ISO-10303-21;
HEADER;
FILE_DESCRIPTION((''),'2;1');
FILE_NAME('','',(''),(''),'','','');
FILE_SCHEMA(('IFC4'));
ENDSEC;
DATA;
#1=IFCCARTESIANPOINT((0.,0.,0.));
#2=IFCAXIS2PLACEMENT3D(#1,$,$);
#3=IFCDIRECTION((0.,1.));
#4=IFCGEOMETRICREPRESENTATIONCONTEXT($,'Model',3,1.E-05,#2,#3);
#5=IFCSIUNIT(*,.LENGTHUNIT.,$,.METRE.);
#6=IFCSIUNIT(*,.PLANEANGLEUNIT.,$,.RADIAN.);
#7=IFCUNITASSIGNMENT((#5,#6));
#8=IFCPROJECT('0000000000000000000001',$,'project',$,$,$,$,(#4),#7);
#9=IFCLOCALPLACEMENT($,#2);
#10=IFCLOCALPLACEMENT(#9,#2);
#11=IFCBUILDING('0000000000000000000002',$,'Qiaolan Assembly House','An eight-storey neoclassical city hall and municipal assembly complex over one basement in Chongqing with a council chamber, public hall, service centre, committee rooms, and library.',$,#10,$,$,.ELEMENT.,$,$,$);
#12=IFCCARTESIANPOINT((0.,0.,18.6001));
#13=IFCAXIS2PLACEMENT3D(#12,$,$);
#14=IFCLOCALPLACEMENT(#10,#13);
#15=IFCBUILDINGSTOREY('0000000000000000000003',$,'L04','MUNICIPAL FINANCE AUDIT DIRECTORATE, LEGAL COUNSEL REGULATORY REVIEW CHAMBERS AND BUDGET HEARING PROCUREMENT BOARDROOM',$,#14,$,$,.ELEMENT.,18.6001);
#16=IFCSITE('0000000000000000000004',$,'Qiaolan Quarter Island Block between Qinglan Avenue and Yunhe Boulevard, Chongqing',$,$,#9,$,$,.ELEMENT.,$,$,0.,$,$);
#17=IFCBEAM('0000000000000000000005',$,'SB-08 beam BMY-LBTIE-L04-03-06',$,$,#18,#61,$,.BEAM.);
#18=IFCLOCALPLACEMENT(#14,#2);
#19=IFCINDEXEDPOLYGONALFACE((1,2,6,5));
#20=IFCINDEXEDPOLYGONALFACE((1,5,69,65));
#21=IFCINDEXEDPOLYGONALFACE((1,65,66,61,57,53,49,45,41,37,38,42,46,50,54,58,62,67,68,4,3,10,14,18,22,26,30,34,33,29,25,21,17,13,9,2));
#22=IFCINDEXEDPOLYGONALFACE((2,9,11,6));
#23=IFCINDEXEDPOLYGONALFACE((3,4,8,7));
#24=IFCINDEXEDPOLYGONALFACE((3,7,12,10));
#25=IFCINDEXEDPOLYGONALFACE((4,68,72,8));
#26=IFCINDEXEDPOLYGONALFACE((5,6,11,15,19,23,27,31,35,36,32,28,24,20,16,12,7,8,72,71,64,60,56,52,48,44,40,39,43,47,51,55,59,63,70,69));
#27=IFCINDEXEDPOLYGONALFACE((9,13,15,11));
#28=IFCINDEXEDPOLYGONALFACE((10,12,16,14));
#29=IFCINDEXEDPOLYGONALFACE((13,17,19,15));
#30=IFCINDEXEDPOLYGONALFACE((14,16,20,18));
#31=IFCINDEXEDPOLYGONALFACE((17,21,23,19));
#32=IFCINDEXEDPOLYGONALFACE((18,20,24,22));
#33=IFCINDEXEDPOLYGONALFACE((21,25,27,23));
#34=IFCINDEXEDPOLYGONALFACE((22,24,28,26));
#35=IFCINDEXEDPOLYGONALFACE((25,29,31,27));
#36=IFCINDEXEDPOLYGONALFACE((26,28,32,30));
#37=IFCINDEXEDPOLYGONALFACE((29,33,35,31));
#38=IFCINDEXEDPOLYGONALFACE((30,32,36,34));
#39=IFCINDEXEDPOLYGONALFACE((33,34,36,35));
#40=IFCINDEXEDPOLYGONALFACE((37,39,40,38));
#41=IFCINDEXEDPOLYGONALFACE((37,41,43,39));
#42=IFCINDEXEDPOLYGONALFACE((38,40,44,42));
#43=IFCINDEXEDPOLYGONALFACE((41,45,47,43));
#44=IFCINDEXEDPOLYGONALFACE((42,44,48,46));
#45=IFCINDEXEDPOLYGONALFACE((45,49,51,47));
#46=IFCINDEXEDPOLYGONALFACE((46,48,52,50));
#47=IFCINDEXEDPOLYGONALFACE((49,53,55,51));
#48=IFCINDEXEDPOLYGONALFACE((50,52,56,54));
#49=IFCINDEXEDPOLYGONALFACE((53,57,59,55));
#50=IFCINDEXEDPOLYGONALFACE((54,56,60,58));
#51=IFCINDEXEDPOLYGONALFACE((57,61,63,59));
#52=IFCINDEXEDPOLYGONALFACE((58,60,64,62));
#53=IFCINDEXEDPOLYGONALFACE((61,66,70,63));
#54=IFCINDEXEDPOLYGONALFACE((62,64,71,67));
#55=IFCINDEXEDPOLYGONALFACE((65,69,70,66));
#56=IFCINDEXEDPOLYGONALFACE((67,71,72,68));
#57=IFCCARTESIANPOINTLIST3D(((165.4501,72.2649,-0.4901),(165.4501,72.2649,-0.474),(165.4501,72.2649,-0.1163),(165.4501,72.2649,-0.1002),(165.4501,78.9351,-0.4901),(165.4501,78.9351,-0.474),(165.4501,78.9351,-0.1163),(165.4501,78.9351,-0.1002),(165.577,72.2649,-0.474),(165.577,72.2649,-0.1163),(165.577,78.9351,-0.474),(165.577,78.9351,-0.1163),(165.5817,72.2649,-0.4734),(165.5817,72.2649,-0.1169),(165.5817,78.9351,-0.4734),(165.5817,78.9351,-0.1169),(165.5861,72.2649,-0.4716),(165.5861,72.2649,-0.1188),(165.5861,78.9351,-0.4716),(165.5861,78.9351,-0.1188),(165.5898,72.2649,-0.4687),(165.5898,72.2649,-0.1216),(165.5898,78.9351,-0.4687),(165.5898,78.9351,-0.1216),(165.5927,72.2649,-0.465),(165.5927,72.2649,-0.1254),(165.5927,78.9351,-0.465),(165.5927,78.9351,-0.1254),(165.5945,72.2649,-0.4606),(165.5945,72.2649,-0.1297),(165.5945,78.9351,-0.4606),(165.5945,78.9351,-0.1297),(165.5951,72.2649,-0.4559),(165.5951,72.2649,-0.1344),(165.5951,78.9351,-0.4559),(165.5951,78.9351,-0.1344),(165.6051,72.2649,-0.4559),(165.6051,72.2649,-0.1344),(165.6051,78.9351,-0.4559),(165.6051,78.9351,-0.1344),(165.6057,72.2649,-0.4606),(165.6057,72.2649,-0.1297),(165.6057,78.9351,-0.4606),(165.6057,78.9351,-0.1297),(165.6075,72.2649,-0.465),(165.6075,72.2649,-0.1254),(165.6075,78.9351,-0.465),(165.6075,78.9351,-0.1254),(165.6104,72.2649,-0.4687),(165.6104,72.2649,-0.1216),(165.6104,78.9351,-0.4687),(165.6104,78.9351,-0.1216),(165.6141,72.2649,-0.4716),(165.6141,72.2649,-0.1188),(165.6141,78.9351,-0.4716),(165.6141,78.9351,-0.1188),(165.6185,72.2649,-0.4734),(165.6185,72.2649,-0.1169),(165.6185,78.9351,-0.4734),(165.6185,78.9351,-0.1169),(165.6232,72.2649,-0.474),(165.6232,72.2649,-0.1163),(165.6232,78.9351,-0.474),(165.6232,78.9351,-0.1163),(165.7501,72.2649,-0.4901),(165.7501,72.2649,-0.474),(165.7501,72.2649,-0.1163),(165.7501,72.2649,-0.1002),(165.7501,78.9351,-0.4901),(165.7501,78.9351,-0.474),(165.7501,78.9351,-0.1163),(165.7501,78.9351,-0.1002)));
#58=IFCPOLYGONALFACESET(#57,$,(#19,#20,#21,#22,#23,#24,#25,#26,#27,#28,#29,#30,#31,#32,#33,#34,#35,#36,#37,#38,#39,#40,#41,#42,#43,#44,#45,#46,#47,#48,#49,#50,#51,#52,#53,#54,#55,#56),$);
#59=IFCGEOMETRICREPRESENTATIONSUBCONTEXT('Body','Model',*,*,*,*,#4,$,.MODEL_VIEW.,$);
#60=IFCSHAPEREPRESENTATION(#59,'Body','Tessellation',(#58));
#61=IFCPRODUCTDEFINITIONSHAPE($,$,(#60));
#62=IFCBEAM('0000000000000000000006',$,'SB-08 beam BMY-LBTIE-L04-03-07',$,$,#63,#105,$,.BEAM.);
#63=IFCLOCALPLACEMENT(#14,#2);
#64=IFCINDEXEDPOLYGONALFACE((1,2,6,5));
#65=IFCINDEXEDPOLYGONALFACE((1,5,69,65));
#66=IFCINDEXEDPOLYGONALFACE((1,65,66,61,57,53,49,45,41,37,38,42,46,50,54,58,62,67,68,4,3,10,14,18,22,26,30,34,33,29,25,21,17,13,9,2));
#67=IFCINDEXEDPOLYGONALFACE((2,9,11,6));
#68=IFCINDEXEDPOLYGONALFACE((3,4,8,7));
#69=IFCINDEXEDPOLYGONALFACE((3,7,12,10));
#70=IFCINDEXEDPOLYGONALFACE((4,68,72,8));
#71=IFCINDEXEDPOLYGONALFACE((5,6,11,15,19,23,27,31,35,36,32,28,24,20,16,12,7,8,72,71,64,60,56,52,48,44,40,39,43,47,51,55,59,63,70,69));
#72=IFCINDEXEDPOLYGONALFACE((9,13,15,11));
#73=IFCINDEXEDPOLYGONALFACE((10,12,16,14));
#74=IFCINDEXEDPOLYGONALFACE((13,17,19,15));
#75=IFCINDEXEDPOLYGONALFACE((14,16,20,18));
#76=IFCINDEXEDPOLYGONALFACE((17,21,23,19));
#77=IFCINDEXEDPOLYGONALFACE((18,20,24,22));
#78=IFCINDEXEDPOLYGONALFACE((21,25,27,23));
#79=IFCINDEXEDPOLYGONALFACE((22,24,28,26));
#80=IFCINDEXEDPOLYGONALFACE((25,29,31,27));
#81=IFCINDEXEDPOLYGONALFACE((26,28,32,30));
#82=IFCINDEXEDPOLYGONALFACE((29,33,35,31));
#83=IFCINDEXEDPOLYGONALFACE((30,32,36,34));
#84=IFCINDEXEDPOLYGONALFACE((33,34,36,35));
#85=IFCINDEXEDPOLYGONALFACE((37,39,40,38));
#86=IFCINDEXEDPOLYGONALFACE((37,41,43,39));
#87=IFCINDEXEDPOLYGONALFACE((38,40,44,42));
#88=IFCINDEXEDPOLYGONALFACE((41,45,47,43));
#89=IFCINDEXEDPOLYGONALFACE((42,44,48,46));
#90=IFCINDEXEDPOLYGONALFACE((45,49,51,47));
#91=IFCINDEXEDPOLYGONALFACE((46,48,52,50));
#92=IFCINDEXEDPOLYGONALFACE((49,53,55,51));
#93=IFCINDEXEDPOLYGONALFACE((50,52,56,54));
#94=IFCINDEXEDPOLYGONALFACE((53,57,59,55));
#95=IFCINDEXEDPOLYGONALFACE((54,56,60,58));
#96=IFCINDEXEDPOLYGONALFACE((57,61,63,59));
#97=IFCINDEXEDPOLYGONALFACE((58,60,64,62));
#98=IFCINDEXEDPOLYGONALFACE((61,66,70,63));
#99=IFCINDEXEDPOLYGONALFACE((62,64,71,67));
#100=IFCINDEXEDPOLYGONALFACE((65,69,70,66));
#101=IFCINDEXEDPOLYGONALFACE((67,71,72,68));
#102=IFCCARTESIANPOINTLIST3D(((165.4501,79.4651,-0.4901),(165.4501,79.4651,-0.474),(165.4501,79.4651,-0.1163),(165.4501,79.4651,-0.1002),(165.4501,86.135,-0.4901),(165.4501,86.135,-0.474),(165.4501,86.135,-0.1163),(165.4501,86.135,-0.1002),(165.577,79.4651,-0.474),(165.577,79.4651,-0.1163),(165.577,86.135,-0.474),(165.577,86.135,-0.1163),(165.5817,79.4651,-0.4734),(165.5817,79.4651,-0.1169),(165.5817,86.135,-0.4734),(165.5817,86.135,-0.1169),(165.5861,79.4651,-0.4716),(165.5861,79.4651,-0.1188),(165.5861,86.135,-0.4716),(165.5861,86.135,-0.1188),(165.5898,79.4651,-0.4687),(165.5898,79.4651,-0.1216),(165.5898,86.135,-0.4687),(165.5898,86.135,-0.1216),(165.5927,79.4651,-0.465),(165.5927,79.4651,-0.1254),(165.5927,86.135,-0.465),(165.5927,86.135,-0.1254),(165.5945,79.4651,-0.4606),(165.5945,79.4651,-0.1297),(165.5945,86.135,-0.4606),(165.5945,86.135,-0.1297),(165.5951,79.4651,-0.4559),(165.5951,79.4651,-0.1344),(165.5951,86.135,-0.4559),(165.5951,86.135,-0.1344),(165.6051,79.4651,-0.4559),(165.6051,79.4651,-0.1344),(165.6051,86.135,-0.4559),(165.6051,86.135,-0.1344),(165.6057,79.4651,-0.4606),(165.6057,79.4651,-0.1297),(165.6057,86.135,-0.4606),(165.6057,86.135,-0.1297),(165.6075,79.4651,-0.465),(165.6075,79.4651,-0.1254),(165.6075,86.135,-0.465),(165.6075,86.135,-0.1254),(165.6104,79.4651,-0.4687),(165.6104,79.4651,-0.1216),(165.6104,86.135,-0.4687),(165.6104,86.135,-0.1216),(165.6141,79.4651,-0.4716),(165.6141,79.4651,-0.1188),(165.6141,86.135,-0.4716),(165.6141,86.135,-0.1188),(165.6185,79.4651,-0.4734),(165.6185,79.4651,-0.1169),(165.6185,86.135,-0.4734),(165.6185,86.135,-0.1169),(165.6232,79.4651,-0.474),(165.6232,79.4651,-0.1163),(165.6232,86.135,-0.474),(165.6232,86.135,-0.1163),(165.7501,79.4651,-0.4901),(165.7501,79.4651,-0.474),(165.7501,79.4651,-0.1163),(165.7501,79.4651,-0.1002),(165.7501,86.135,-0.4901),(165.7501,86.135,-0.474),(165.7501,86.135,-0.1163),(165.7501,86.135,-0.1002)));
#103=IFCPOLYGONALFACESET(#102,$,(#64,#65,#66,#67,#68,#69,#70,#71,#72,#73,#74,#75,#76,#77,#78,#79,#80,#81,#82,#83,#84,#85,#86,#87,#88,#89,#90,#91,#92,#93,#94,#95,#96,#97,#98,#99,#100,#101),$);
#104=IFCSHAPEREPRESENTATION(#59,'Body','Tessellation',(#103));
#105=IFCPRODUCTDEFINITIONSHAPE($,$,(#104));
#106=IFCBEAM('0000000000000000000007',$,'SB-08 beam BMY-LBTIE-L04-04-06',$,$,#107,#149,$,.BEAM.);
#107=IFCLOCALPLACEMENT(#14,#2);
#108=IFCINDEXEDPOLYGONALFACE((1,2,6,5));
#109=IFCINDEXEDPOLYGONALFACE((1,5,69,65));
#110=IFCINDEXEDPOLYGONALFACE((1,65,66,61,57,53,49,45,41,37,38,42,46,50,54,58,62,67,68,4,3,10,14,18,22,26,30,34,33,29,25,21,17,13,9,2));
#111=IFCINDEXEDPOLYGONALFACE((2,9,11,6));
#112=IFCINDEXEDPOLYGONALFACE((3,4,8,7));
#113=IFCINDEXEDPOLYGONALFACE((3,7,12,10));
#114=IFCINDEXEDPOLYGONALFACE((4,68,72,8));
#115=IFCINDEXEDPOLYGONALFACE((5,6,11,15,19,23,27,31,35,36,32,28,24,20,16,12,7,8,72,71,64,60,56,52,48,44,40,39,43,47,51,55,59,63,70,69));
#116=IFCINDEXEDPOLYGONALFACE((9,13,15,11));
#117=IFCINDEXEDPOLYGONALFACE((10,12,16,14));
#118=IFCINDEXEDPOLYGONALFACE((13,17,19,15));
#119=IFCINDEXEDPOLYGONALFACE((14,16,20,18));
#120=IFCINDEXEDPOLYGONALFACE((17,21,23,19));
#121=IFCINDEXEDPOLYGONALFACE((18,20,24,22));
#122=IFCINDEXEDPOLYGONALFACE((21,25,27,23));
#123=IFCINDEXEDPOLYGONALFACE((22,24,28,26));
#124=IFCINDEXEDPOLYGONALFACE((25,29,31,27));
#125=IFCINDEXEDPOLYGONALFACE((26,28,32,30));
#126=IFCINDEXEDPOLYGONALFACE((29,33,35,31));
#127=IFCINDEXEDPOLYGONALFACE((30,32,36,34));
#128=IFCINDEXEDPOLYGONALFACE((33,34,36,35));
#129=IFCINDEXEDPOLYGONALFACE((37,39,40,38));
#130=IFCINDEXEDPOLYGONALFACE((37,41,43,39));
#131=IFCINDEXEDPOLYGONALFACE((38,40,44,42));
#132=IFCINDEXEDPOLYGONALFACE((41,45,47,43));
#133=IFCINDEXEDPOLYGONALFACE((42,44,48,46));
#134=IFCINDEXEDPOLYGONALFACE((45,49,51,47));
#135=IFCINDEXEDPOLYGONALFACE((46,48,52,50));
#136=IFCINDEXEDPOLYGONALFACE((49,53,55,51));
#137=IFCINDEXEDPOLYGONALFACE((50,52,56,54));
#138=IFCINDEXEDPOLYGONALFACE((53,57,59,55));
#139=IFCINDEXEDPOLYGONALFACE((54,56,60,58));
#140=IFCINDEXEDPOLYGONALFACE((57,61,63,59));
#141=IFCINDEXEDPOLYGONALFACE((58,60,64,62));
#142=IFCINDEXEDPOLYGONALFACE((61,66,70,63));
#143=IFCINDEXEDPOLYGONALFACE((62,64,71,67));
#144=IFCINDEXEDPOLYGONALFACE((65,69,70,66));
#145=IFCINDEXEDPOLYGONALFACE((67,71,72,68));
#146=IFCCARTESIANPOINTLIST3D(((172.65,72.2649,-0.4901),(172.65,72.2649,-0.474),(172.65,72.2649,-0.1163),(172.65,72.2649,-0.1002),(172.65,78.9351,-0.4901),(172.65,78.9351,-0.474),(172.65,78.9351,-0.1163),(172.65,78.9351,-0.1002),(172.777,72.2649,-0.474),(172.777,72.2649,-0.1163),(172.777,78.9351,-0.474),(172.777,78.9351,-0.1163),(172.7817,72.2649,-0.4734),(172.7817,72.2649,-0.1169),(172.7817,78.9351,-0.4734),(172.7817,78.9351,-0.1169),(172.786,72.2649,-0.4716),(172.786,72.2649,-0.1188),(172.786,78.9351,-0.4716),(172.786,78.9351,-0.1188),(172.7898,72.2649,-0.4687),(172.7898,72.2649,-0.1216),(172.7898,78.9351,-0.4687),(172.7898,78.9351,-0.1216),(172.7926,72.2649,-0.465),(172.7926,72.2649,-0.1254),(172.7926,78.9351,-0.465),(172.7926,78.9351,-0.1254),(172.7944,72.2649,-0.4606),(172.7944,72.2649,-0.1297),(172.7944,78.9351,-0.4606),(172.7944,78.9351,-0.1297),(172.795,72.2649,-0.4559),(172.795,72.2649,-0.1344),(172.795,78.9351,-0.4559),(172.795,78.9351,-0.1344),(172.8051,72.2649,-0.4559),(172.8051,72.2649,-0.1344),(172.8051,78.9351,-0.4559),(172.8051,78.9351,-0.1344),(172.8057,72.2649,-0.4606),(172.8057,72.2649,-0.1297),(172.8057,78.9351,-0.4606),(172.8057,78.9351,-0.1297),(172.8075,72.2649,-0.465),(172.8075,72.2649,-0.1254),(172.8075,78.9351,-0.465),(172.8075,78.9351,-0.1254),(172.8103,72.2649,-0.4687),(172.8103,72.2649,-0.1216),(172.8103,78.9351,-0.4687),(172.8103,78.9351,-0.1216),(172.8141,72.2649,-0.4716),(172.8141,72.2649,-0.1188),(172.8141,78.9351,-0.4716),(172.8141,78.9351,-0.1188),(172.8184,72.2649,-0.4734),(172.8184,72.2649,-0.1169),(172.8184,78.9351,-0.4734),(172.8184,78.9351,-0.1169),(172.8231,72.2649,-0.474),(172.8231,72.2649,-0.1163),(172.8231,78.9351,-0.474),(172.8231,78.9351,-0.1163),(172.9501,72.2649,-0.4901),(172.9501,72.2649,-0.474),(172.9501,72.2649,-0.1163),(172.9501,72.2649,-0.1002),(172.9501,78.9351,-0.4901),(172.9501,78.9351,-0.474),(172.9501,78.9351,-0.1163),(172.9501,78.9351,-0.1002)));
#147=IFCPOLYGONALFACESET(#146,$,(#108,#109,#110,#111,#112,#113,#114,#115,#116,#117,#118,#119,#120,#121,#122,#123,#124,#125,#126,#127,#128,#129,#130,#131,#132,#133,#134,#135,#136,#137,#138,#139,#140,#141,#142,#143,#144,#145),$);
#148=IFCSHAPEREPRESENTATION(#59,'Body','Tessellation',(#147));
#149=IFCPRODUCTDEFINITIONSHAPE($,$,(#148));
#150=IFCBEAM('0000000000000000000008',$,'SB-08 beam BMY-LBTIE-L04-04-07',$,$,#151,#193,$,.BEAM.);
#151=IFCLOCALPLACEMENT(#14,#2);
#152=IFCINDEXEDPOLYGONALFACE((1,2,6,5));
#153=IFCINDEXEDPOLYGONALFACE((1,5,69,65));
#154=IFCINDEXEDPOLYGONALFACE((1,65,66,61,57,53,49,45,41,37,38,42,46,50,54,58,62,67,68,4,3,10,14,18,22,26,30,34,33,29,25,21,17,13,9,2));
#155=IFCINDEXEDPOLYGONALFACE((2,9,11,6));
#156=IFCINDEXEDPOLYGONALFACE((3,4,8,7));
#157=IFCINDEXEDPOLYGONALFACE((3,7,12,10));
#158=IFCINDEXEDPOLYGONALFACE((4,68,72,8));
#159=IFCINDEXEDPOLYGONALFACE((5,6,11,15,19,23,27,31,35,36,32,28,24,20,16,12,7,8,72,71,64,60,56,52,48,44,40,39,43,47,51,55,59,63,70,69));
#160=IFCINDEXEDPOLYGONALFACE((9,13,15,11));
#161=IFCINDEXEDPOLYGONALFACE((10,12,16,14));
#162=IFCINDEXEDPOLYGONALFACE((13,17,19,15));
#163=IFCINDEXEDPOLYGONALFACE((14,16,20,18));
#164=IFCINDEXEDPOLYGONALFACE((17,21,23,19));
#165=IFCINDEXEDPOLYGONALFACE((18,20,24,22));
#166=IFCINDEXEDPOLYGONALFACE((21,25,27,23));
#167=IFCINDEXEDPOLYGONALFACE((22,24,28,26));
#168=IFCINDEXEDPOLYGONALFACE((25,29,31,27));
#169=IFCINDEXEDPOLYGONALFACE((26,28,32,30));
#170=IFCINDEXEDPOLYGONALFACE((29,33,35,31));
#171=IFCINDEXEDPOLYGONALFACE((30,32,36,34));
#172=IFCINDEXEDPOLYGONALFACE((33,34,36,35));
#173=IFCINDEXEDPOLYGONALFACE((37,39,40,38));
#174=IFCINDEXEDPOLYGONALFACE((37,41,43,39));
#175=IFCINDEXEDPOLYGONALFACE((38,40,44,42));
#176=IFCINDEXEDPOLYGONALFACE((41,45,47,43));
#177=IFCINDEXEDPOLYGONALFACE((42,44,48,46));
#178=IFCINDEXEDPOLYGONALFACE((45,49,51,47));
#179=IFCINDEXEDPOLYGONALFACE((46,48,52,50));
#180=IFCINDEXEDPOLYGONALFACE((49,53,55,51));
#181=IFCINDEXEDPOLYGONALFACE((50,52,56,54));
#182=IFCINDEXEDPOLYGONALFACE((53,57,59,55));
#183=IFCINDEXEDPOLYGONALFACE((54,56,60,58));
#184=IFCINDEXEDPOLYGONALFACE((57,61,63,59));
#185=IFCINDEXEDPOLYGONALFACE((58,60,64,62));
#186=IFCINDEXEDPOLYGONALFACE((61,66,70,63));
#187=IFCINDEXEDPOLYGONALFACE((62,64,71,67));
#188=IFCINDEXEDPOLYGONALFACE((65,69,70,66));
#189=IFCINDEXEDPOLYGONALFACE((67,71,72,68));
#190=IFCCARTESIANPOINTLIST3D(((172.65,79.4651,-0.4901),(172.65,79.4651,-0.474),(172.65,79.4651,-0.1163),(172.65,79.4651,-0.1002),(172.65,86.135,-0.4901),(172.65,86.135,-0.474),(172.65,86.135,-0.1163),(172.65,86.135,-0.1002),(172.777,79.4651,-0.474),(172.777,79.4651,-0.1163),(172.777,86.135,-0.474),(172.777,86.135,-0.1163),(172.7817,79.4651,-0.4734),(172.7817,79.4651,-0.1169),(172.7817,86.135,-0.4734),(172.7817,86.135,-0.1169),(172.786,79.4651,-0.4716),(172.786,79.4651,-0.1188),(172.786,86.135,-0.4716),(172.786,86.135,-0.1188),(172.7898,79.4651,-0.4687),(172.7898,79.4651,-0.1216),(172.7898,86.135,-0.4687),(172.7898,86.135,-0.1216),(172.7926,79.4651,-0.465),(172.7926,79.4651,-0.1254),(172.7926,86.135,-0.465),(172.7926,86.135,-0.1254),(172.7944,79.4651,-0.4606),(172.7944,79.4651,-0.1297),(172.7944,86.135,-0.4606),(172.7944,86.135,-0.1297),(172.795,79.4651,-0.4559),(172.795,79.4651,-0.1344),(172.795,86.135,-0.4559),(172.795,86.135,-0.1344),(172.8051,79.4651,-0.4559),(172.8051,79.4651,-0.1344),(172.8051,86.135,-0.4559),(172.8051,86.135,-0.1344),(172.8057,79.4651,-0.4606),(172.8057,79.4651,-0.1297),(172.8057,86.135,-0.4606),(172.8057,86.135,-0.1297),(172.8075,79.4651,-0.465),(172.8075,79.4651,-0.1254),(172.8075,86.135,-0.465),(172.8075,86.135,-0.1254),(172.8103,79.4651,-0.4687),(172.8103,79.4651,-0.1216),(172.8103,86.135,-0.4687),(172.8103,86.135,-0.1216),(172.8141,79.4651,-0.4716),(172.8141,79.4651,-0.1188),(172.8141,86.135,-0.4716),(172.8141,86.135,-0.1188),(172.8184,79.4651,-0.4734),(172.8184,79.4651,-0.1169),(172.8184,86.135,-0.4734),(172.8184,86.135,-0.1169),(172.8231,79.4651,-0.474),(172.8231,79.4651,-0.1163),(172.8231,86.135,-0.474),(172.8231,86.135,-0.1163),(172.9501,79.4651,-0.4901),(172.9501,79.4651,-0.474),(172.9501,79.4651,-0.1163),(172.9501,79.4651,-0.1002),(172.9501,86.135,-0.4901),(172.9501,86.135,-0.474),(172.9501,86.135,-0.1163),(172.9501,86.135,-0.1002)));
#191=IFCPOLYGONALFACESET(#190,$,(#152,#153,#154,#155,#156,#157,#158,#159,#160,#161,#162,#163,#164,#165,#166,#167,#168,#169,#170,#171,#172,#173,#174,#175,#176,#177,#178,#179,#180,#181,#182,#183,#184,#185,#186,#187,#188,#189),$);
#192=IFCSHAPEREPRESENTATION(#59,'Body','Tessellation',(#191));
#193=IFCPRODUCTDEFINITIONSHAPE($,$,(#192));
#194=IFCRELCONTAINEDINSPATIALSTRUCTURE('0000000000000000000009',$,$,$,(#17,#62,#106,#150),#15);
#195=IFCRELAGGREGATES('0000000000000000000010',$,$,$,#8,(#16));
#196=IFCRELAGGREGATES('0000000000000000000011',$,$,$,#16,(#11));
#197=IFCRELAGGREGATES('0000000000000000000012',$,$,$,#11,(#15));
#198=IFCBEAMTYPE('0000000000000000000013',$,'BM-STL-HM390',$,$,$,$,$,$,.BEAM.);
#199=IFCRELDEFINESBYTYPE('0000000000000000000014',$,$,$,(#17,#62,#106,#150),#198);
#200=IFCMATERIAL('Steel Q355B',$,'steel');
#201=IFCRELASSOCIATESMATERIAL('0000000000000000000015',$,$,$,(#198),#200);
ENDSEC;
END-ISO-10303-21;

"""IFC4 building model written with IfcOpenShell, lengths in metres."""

from ifc_helpers import new_model, si_unit, direction, frame, origin, origin_2d, place, context, subcontext, project, spatial, i_section, extrude, material, material_profile, profile_set, type_object, element, save


model = new_model("IFC4")

# Units and contexts
model_context = context("Model", 3, precision=1e-05, world=origin(), true_north=direction((0.0, 1.0)))
body_context = subcontext(model_context, "Body", "Model", "MODEL_VIEW")
ifc_project = project(units=[si_unit("LENGTHUNIT", "METRE"), si_unit("PLANEANGLEUNIT", "RADIAN")], contexts=[model_context])

# Site, building, storey
site_placement = place(None, origin())
site = spatial("IfcSite", under=ifc_project, at=site_placement, Name="Qiaolan Quarter Island Block between Qinglan Avenue and Yunhe Boulevard, Chongqing", CompositionType="ELEMENT", RefElevation=0.0)
building_placement = place(site_placement, origin())
building = spatial("IfcBuilding", under=site, at=building_placement, Name="Qiaolan Assembly House", Description="An eight-storey neoclassical city hall and municipal assembly complex over one basement in Chongqing with a council chamber, public hall, service centre, committee rooms, and library.", CompositionType="ELEMENT")
storey_placement = place(building_placement, frame((0.0, 0.0, 18.6001)))
storey = spatial("IfcBuildingStorey", under=building, at=storey_placement, Name="L04", Description="MUNICIPAL FINANCE AUDIT DIRECTORATE, LEGAL COUNSEL REGULATORY REVIEW CHAMBERS AND BUDGET HEARING PROCUREMENT BOARDROOM", CompositionType="ELEMENT", Elevation=18.6001)

# Beams
ifc_material_1 = material(Name="Steel Q355B", Category="steel")
ifc_material_profile_1 = material_profile(ifc_material_1, i_section(OverallWidth=0.3, OverallDepth=0.3899, WebThickness=0.01, FlangeThickness=0.0161, FilletRadius=0.0181, at=origin_2d()), Name="HM 390x300x10x16")
ifc_profile_set_1 = profile_set([ifc_material_profile_1], Name="Steel Q355B")
beam_type_1 = type_object("IfcBeamType", Name="BM-STL-HM390", PredefinedType="BEAM", material=ifc_profile_set_1)
beam_1_placement = place(storey_placement, frame((165.6001, 72.2649, -0.2952), z_axis=(0.0, 1.0, 0.0), x_axis=(-1.0, 0.0, 0.0)))
element("IfcBeam", 1, at=beam_1_placement, inside=storey, type_object=beam_type_1, Name="SB-08 beam BMY-LBTIE-L04-03-06", PredefinedType="BEAM", context=body_context, shape_type="SweptSolid", body=[
    extrude(i_section(OverallWidth=0.3, OverallDepth=0.3899, WebThickness=0.01, FlangeThickness=0.0161, FilletRadius=0.0181, at=origin_2d()), origin(), (0.0, 0.0, 1.0), 6.6702),
])
beam_2_placement = place(storey_placement, frame((165.6001, 79.4651, -0.2952), z_axis=(0.0, 1.0, 0.0), x_axis=(-1.0, 0.0, 0.0)))
element("IfcBeam", 2, at=beam_2_placement, inside=storey, type_object=beam_type_1, Name="SB-08 beam BMY-LBTIE-L04-03-07", PredefinedType="BEAM", context=body_context, shape_type="SweptSolid", body=[
    extrude(i_section(OverallWidth=0.3, OverallDepth=0.3899, WebThickness=0.01, FlangeThickness=0.0161, FilletRadius=0.0181, at=origin_2d()), origin(), (0.0, 0.0, 1.0), 6.6699),
])
beam_3_placement = place(storey_placement, frame((172.8, 72.2649, -0.2952), z_axis=(0.0, 1.0, 0.0), x_axis=(-1.0, 0.0, 0.0)))
element("IfcBeam", 3, at=beam_3_placement, inside=storey, type_object=beam_type_1, Name="SB-08 beam BMY-LBTIE-L04-04-06", PredefinedType="BEAM", context=body_context, shape_type="SweptSolid", body=[
    extrude(i_section(OverallWidth=0.3, OverallDepth=0.3899, WebThickness=0.01, FlangeThickness=0.0161, FilletRadius=0.0181, at=origin_2d()), origin(), (0.0, 0.0, 1.0), 6.6702),
])
beam_4_placement = place(storey_placement, frame((172.8, 79.4651, -0.2952), z_axis=(0.0, 1.0, 0.0), x_axis=(-1.0, 0.0, 0.0)))
element("IfcBeam", 4, at=beam_4_placement, inside=storey, type_object=beam_type_1, Name="SB-08 beam BMY-LBTIE-L04-04-07", PredefinedType="BEAM", context=body_context, shape_type="SweptSolid", body=[
    extrude(i_section(OverallWidth=0.3, OverallDepth=0.3899, WebThickness=0.01, FlangeThickness=0.0161, FilletRadius=0.0181, at=origin_2d()), origin(), (0.0, 0.0, 1.0), 6.6699),
])

save(model, "model.ifc")
